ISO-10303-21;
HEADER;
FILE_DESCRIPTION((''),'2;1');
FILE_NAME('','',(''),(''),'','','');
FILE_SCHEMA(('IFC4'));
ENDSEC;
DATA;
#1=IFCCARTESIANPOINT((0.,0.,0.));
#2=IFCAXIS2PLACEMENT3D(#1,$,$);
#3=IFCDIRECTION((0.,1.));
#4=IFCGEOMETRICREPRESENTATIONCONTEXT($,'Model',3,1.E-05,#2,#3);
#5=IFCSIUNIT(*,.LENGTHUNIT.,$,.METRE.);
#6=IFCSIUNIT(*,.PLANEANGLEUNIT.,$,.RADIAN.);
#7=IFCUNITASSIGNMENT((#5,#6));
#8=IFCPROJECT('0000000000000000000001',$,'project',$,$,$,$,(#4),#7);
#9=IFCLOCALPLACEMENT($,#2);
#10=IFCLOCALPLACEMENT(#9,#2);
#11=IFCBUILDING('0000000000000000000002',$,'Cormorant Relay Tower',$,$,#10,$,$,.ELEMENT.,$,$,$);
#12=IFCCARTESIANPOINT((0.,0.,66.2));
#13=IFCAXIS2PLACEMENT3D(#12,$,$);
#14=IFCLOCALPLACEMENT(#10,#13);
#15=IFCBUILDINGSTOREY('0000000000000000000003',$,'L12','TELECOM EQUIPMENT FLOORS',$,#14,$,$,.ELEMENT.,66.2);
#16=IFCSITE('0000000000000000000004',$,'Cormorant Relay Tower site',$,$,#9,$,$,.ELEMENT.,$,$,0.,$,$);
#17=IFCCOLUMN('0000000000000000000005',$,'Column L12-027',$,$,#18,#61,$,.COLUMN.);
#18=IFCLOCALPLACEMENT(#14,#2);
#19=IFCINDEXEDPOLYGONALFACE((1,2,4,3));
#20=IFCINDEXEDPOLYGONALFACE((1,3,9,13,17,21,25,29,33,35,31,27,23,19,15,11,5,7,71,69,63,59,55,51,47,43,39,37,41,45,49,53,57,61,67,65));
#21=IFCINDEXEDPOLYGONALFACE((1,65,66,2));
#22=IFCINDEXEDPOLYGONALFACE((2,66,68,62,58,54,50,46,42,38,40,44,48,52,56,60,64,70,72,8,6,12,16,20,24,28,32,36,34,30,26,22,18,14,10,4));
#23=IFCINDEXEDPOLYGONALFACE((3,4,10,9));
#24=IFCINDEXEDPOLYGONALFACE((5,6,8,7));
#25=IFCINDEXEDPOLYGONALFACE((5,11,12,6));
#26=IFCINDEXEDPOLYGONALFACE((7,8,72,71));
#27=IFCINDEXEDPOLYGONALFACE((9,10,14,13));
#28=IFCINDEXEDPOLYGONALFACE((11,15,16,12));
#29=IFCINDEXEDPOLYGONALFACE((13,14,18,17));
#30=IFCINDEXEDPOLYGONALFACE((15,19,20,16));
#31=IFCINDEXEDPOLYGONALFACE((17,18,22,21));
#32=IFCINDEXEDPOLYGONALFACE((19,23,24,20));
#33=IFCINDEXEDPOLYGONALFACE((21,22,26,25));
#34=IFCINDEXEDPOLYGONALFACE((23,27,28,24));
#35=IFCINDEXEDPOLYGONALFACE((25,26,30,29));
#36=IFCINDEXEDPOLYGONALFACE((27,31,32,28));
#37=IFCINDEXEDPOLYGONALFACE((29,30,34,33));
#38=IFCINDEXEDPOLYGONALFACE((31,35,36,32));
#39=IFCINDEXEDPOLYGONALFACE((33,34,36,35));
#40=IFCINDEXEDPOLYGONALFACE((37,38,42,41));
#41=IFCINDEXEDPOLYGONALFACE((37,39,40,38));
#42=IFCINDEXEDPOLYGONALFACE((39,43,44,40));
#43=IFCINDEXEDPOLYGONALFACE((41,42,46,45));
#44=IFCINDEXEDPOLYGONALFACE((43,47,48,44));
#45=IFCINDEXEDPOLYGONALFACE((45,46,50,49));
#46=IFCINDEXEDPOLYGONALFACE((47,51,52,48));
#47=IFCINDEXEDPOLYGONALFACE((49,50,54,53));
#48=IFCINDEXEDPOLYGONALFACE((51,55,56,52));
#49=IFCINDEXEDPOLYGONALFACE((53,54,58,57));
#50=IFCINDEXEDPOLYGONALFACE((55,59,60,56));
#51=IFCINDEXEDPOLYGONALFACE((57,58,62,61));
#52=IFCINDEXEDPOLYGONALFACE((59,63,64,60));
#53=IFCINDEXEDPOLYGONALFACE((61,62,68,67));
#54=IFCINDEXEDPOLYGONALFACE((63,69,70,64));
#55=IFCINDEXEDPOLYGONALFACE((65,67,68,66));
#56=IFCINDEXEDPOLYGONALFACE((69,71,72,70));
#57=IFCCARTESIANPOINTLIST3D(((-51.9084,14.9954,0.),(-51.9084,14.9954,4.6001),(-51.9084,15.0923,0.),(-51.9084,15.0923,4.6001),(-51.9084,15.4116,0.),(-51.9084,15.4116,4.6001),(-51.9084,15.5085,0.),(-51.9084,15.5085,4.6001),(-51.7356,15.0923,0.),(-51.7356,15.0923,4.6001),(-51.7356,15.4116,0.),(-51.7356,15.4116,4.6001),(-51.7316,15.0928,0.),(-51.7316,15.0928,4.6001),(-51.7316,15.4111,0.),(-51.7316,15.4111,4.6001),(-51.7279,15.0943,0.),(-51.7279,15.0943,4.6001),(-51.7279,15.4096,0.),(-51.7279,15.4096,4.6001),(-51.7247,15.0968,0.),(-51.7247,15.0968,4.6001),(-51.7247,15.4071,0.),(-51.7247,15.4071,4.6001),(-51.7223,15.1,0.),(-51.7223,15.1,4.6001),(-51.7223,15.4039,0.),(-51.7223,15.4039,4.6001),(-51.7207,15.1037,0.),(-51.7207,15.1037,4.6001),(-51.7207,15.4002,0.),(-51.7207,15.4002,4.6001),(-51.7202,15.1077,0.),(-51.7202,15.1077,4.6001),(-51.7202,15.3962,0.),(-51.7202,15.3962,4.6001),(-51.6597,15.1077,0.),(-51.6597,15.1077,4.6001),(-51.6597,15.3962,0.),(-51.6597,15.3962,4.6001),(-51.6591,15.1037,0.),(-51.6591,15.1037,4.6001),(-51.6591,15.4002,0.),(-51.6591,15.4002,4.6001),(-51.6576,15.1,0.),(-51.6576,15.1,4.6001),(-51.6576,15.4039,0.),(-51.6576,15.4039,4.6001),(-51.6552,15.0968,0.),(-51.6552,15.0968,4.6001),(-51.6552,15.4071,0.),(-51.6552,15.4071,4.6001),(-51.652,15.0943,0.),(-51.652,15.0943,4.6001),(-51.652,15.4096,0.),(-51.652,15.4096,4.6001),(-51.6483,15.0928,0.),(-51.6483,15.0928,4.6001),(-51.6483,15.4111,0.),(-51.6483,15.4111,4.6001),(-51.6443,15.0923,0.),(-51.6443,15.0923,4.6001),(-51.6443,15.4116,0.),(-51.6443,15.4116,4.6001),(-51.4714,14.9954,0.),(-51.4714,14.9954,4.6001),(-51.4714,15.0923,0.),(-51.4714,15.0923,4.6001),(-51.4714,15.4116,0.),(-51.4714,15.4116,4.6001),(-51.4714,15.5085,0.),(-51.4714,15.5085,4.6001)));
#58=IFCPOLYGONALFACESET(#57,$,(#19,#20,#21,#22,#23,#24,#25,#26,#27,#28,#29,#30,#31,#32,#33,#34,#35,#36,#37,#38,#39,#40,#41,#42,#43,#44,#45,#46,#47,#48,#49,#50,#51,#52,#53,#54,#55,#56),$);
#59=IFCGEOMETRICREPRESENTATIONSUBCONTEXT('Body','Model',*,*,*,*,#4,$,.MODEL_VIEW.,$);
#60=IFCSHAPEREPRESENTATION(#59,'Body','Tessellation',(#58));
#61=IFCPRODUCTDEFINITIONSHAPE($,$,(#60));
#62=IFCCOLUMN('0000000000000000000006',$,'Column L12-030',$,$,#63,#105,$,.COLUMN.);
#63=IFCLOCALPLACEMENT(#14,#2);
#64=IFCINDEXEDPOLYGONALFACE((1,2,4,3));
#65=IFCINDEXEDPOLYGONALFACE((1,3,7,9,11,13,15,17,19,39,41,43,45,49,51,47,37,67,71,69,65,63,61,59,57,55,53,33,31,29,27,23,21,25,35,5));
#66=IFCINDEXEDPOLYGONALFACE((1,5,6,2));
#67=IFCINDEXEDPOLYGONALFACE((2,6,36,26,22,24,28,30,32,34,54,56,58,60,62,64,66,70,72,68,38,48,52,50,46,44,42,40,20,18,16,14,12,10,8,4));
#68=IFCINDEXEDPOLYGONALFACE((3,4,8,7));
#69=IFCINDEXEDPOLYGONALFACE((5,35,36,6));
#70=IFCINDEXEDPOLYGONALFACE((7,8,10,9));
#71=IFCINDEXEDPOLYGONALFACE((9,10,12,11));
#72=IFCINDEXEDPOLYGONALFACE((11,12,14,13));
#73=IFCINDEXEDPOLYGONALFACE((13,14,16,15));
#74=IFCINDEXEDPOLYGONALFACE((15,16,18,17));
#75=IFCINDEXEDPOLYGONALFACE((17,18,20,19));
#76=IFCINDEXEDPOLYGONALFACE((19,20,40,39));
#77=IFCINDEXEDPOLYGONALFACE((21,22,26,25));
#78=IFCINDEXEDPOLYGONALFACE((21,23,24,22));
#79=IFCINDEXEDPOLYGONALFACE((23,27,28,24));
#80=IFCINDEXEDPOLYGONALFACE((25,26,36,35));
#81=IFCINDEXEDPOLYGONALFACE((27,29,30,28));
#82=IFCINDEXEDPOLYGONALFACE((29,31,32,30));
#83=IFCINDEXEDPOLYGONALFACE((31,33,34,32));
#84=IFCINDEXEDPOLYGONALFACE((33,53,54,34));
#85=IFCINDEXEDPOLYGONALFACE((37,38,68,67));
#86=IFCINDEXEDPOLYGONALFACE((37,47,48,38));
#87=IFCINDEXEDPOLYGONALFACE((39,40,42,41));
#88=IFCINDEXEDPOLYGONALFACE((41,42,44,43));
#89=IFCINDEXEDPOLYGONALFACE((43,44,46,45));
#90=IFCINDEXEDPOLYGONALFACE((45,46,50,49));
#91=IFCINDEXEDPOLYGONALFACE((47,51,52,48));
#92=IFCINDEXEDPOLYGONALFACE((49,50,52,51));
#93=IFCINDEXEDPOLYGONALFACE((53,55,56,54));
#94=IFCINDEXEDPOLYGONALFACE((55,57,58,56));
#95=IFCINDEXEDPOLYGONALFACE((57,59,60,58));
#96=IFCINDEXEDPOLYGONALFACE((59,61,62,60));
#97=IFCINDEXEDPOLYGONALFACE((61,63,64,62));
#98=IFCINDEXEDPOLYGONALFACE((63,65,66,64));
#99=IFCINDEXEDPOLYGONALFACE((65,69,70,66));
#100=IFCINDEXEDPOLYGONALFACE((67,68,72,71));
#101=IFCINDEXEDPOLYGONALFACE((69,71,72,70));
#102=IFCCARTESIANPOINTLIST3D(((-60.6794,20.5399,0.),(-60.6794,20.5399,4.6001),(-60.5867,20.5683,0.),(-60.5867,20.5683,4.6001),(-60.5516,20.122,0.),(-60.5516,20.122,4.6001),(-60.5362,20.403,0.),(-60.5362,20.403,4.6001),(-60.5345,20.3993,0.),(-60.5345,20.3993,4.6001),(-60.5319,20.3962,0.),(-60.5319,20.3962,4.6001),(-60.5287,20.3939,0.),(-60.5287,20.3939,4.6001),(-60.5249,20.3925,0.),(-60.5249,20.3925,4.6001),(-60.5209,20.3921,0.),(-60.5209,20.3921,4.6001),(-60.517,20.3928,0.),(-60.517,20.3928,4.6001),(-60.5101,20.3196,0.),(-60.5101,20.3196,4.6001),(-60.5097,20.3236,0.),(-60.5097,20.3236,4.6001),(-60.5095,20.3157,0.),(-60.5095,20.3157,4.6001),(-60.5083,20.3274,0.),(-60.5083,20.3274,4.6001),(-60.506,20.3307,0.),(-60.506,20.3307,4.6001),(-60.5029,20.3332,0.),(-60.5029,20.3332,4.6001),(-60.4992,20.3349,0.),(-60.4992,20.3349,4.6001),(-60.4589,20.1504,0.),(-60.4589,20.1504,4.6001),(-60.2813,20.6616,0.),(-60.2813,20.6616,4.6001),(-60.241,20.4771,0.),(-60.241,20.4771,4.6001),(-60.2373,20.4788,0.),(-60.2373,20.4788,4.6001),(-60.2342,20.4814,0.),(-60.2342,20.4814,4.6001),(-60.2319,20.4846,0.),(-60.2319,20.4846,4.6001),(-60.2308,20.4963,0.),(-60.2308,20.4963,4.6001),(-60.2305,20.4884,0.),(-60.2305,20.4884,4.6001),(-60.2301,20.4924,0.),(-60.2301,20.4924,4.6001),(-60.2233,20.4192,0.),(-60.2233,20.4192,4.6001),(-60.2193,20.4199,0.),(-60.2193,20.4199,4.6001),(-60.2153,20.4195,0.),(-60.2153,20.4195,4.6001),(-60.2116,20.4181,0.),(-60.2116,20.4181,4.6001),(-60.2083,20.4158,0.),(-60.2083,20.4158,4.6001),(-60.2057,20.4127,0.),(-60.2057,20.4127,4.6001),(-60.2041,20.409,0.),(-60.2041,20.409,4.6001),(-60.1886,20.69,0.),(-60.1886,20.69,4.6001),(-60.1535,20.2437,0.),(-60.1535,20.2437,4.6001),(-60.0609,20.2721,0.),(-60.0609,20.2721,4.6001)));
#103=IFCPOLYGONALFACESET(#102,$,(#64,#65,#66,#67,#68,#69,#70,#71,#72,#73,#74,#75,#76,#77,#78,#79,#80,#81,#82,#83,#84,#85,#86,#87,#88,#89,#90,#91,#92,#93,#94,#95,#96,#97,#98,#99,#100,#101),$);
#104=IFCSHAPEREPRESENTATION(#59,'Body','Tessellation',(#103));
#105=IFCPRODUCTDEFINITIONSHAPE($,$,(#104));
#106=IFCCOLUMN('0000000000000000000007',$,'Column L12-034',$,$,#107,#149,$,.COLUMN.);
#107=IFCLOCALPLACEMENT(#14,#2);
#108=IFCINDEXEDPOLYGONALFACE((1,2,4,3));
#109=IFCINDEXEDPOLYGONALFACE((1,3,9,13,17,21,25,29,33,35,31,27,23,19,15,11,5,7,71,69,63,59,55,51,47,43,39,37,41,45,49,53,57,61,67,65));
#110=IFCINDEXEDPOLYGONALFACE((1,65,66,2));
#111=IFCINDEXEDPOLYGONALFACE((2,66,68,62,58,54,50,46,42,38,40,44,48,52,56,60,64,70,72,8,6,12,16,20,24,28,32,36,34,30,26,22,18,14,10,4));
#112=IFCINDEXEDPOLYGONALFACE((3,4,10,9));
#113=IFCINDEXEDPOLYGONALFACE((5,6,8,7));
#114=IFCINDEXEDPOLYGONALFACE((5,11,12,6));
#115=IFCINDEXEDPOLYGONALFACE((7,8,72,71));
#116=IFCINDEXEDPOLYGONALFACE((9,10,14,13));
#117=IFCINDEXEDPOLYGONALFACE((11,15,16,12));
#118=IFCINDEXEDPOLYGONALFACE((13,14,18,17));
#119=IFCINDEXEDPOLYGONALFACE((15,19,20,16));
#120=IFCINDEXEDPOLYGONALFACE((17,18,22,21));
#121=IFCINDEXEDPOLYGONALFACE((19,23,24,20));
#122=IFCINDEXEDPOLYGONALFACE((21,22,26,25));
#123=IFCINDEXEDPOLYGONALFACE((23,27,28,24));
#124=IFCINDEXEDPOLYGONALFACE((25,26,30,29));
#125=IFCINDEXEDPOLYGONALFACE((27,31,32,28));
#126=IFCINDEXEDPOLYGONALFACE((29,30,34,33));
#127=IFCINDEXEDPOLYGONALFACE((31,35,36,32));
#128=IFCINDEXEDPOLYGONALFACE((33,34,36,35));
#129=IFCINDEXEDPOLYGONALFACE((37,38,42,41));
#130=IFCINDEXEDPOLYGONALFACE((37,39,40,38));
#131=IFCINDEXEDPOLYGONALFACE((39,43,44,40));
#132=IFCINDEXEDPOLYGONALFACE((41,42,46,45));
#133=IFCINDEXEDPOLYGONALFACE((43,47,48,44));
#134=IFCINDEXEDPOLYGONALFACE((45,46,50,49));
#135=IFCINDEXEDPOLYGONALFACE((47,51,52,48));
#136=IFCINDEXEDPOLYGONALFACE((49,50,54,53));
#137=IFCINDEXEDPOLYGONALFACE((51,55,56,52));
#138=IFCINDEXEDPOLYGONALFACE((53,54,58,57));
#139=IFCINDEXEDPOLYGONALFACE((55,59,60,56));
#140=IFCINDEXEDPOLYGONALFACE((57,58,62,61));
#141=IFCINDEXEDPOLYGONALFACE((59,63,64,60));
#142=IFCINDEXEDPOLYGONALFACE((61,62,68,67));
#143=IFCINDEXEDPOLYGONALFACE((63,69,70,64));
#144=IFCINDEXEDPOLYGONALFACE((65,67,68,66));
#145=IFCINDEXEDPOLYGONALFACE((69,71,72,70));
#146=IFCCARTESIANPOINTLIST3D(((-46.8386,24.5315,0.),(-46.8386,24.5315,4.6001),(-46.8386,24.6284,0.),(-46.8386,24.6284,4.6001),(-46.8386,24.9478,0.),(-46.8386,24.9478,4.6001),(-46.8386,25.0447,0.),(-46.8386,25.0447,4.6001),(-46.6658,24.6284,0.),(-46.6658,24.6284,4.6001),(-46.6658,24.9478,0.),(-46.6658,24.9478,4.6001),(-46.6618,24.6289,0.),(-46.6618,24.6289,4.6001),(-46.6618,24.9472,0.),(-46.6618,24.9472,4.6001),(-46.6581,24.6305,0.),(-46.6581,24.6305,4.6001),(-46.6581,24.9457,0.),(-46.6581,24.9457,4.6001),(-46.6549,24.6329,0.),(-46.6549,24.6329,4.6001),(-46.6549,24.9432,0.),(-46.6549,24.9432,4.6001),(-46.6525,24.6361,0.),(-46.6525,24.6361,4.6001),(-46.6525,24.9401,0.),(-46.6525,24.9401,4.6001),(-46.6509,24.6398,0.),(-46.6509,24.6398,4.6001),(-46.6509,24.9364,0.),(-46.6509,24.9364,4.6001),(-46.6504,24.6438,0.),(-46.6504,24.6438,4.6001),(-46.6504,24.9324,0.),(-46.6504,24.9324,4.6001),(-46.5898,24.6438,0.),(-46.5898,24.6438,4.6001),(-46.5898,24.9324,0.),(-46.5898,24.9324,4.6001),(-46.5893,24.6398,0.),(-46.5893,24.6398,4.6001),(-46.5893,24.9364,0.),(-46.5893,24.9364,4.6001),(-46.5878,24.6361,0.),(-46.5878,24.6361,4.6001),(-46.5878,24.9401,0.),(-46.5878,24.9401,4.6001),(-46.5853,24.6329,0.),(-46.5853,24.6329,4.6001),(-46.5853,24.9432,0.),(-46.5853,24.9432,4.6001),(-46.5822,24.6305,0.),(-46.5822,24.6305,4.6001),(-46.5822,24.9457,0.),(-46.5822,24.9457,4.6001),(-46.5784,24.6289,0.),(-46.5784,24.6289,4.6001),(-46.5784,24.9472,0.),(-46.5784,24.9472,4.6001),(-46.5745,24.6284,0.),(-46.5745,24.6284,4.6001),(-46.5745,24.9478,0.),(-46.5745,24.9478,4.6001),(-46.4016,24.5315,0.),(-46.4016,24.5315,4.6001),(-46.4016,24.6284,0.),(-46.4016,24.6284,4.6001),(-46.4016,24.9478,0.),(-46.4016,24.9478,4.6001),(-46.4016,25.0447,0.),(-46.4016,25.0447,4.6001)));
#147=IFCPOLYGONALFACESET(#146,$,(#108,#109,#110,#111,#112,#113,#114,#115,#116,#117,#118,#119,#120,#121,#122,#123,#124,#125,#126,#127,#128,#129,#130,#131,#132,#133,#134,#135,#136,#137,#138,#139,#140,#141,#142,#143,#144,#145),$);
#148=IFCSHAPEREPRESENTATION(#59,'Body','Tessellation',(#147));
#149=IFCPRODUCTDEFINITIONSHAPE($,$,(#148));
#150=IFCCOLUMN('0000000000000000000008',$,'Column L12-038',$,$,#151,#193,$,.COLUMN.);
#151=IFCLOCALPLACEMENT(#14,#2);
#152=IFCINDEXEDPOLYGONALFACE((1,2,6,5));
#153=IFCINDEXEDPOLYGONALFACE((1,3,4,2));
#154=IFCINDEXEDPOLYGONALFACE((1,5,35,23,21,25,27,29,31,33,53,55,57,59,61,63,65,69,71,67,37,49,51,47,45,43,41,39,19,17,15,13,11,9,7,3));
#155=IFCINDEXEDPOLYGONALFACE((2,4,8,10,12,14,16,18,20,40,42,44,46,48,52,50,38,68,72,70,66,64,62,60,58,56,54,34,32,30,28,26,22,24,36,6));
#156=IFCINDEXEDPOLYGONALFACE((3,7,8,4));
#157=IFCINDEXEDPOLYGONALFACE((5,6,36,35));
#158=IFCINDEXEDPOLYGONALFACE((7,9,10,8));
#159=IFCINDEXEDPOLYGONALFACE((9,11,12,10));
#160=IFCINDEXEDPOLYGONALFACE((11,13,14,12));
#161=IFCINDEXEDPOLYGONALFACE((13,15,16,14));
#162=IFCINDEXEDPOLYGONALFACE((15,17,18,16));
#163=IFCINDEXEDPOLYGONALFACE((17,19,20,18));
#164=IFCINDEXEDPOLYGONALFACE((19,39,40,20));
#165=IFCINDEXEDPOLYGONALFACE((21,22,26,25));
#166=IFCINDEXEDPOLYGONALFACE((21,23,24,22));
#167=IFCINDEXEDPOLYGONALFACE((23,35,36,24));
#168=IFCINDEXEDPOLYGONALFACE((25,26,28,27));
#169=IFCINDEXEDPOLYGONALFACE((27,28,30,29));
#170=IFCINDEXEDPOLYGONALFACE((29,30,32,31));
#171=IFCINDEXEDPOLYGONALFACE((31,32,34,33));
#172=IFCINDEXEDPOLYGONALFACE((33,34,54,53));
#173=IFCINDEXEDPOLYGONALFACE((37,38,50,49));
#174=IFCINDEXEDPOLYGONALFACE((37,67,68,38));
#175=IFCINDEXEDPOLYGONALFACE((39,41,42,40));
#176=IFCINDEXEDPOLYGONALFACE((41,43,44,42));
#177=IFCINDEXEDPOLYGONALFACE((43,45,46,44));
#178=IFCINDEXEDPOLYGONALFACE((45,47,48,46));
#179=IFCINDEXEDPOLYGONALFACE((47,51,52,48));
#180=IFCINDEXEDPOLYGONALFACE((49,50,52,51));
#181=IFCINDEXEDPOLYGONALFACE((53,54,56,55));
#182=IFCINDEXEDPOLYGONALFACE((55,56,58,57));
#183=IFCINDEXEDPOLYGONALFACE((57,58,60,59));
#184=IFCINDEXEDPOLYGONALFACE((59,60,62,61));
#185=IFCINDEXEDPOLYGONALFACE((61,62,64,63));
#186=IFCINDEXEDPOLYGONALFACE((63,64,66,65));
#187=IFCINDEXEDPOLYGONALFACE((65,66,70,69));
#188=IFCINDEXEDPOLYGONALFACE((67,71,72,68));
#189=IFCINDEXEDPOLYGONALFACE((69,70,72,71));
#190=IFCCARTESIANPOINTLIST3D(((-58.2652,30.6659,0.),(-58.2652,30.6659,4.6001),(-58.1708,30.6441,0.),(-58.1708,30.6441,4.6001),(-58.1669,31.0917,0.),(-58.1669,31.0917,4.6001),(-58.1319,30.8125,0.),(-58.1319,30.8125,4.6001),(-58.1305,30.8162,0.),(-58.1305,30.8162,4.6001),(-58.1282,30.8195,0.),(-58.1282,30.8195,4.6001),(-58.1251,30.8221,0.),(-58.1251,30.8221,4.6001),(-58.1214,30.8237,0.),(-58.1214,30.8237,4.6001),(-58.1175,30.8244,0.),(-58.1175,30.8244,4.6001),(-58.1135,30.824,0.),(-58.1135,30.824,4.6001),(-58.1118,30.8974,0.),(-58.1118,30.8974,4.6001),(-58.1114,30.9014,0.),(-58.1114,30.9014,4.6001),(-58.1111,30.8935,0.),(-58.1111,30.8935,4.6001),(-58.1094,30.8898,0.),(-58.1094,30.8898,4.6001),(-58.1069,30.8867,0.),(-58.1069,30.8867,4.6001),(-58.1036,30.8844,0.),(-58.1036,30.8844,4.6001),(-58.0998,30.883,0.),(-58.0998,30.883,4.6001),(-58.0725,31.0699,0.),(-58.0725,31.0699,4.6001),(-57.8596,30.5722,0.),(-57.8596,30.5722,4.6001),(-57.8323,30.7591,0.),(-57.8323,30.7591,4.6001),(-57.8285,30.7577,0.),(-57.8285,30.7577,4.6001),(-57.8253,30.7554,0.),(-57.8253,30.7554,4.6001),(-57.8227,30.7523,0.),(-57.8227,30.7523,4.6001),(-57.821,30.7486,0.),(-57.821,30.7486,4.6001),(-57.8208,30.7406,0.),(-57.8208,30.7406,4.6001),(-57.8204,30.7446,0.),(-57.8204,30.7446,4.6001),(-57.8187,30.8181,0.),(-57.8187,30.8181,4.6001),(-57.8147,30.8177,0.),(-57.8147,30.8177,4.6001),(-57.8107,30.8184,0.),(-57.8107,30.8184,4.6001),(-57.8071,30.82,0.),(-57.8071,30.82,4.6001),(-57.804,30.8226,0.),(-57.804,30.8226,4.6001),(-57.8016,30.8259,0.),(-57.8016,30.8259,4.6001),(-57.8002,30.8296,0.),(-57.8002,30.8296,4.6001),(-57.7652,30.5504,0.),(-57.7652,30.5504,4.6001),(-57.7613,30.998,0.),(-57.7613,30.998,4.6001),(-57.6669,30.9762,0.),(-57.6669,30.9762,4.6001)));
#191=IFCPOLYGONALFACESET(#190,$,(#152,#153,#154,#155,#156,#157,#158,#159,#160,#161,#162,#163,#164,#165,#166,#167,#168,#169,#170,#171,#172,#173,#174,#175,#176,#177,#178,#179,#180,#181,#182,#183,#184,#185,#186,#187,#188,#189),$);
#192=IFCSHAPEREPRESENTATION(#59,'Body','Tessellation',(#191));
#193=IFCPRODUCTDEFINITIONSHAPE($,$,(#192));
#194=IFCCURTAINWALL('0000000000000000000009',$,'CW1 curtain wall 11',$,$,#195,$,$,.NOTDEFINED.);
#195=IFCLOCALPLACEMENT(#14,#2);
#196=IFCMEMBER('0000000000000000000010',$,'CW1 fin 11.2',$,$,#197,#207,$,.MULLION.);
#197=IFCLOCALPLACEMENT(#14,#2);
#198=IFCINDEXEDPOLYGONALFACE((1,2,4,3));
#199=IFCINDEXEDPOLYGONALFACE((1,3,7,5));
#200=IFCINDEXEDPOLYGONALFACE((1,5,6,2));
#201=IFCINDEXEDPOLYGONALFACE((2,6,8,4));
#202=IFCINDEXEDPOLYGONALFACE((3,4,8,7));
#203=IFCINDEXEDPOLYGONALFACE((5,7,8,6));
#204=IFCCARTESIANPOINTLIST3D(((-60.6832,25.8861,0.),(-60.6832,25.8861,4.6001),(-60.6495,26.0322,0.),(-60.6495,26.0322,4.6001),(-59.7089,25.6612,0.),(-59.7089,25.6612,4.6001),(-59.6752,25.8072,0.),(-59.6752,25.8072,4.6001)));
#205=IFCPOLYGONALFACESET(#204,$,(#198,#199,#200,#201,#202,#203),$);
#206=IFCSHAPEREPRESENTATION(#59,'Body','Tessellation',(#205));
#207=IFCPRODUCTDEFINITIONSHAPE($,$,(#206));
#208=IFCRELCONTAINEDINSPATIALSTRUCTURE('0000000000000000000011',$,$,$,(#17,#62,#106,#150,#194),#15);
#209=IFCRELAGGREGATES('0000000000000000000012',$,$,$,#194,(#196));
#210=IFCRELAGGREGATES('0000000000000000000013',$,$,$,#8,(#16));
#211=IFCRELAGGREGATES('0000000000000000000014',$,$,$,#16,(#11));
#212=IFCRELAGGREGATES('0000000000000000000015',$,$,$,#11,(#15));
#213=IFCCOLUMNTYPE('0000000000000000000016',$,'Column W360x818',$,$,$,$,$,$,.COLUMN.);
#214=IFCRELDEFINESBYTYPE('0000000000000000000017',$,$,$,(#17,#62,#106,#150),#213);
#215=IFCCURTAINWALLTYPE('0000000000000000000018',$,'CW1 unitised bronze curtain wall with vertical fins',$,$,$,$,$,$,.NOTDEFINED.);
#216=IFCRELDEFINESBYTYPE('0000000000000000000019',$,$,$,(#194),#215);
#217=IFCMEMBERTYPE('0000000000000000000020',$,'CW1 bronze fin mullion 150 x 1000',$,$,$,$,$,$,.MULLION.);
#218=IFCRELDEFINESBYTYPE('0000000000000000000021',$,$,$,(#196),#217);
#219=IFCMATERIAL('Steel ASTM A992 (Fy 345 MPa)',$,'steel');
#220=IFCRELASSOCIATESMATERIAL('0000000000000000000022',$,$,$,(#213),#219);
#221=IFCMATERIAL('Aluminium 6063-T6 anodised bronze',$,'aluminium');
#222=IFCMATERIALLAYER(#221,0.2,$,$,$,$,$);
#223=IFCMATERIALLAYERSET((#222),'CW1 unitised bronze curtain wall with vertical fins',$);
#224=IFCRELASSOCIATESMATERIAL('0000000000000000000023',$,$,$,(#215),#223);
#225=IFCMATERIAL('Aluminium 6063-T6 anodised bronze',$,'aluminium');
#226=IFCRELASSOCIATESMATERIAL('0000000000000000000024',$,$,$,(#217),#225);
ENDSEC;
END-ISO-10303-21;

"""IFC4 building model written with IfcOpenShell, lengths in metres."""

from ifc_helpers import new_model, si_unit, direction, frame, origin, origin_2d, place, context, subcontext, project, spatial, rectangle, i_section, extrude, material, layer, layer_set, material_profile, profile_set, type_object, element, aggregate, save


model = new_model("IFC4")

# Units and contexts
model_context = context("Model", 3, precision=1e-05, world=origin(), true_north=direction((0.0, 1.0)))
body_context = subcontext(model_context, "Body", "Model", "MODEL_VIEW")
ifc_project = project(units=[si_unit("LENGTHUNIT", "METRE"), si_unit("PLANEANGLEUNIT", "RADIAN")], contexts=[model_context])

# Site, building, storey
site_placement = place(None, origin())
site = spatial("IfcSite", under=ifc_project, at=site_placement, Name="Cormorant Relay Tower site", CompositionType="ELEMENT", RefElevation=0.0)
building_placement = place(site_placement, origin())
building = spatial("IfcBuilding", under=site, at=building_placement, Name="Cormorant Relay Tower", CompositionType="ELEMENT")
storey_placement = place(building_placement, frame((0.0, 0.0, 66.2)))
storey = spatial("IfcBuildingStorey", under=building, at=storey_placement, Name="L12", Description="TELECOM EQUIPMENT FLOORS", CompositionType="ELEMENT", Elevation=66.2)

# Columns
ifc_material_1 = material(Name="Steel ASTM A992 (Fy 345 MPa)", Category="steel")
ifc_material_profile_1 = material_profile(ifc_material_1, i_section(OverallWidth=0.437, OverallDepth=0.5132, WebThickness=0.0605, FlangeThickness=0.0969, FilletRadius=0.0154, at=origin_2d()), Name="W360x818")
ifc_profile_set_1 = profile_set([ifc_material_profile_1], Name="Steel ASTM A992 (Fy 345 MPa)")
column_type = type_object("IfcColumnType", Name="Column W360x818", PredefinedType="COLUMN", material=ifc_profile_set_1)
for number, where, z_axis, x_axis, name in (
    (1, (-51.6899, 15.252, 0.0), (0.0, 0.0, 1.0), (1.0, 0.0, 0.0), "Column L12-027"),
    (2, (-60.3701, 20.406, 0.0), (0.0, 0.0, 1.0), (0.292372, -0.956305, 0.0), "Column L12-030"),
    (3, (-46.6201, 24.7881, 0.0), (0.0, 0.0, 1.0), (1.0, 0.0, 0.0), "Column L12-034"),
    (4, (-57.9661, 30.821, 0.0), (0.0, 0.0, 1.0), (-0.224951, -0.97437, 0.0), "Column L12-038"),
):
    element("IfcColumn", number, at=place(storey_placement, frame(where, z_axis=z_axis, x_axis=x_axis)), inside=storey, type_object=column_type, Name=name, PredefinedType="COLUMN", context=body_context, shape_type="SweptSolid", body=[
        extrude(i_section(OverallWidth=0.437, OverallDepth=0.5132, WebThickness=0.0605, FlangeThickness=0.0969, FilletRadius=0.0154, at=origin_2d()), origin(), (0.0, 0.0, 1.0), 4.6001),
    ])

# Curtain wall, member
ifc_material_2 = material(Name="Aluminium 6063-T6 anodised bronze", Category="aluminium")
ifc_layer_1 = layer(ifc_material_2, 0.2)
ifc_layer_set_1 = layer_set([ifc_layer_1], Name="CW1 unitised bronze curtain wall with vertical fins")
curtain_wall_type = type_object("IfcCurtainWallType", Name="CW1 unitised bronze curtain wall with vertical fins", PredefinedType="NOTDEFINED", material=ifc_layer_set_1)
curtain_wall_1_placement = place(storey_placement, origin())
curtain_wall_1 = element("IfcCurtainWall", 5, at=curtain_wall_1_placement, inside=storey, type_object=curtain_wall_type, Name="CW1 curtain wall 11", PredefinedType="NOTDEFINED")
ifc_material_3 = material(Name="Aluminium 6063-T6 anodised bronze", Category="aluminium")
ifc_material_profile_2 = material_profile(ifc_material_3, rectangle(XDim=0.1499, YDim=1.0, at=origin_2d()), Name="AL 150x1000")
ifc_profile_set_2 = profile_set([ifc_material_profile_2], Name="Aluminium 6063-T6 anodised bronze")
member_type_1 = type_object("IfcMemberType", Name="CW1 bronze fin mullion 150 x 1000", PredefinedType="MULLION", material=ifc_profile_set_2)
member_1_placement = place(storey_placement, frame((-60.1792, 25.8467, 0.0), z_axis=(0.0, 0.0, 1.0), x_axis=(-0.224951, -0.97437, 0.0)))
member_1 = element("IfcMember", 6, at=member_1_placement, type_object=member_type_1, Name="CW1 fin 11.2", PredefinedType="MULLION", context=body_context, shape_type="SweptSolid", body=[
    extrude(rectangle(XDim=0.1499, YDim=1.0, at=origin_2d()), origin(), (0.0, 0.0, 1.0), 4.6001),
])

aggregate(curtain_wall_1, [member_1])

save(model, "model.ifc")
